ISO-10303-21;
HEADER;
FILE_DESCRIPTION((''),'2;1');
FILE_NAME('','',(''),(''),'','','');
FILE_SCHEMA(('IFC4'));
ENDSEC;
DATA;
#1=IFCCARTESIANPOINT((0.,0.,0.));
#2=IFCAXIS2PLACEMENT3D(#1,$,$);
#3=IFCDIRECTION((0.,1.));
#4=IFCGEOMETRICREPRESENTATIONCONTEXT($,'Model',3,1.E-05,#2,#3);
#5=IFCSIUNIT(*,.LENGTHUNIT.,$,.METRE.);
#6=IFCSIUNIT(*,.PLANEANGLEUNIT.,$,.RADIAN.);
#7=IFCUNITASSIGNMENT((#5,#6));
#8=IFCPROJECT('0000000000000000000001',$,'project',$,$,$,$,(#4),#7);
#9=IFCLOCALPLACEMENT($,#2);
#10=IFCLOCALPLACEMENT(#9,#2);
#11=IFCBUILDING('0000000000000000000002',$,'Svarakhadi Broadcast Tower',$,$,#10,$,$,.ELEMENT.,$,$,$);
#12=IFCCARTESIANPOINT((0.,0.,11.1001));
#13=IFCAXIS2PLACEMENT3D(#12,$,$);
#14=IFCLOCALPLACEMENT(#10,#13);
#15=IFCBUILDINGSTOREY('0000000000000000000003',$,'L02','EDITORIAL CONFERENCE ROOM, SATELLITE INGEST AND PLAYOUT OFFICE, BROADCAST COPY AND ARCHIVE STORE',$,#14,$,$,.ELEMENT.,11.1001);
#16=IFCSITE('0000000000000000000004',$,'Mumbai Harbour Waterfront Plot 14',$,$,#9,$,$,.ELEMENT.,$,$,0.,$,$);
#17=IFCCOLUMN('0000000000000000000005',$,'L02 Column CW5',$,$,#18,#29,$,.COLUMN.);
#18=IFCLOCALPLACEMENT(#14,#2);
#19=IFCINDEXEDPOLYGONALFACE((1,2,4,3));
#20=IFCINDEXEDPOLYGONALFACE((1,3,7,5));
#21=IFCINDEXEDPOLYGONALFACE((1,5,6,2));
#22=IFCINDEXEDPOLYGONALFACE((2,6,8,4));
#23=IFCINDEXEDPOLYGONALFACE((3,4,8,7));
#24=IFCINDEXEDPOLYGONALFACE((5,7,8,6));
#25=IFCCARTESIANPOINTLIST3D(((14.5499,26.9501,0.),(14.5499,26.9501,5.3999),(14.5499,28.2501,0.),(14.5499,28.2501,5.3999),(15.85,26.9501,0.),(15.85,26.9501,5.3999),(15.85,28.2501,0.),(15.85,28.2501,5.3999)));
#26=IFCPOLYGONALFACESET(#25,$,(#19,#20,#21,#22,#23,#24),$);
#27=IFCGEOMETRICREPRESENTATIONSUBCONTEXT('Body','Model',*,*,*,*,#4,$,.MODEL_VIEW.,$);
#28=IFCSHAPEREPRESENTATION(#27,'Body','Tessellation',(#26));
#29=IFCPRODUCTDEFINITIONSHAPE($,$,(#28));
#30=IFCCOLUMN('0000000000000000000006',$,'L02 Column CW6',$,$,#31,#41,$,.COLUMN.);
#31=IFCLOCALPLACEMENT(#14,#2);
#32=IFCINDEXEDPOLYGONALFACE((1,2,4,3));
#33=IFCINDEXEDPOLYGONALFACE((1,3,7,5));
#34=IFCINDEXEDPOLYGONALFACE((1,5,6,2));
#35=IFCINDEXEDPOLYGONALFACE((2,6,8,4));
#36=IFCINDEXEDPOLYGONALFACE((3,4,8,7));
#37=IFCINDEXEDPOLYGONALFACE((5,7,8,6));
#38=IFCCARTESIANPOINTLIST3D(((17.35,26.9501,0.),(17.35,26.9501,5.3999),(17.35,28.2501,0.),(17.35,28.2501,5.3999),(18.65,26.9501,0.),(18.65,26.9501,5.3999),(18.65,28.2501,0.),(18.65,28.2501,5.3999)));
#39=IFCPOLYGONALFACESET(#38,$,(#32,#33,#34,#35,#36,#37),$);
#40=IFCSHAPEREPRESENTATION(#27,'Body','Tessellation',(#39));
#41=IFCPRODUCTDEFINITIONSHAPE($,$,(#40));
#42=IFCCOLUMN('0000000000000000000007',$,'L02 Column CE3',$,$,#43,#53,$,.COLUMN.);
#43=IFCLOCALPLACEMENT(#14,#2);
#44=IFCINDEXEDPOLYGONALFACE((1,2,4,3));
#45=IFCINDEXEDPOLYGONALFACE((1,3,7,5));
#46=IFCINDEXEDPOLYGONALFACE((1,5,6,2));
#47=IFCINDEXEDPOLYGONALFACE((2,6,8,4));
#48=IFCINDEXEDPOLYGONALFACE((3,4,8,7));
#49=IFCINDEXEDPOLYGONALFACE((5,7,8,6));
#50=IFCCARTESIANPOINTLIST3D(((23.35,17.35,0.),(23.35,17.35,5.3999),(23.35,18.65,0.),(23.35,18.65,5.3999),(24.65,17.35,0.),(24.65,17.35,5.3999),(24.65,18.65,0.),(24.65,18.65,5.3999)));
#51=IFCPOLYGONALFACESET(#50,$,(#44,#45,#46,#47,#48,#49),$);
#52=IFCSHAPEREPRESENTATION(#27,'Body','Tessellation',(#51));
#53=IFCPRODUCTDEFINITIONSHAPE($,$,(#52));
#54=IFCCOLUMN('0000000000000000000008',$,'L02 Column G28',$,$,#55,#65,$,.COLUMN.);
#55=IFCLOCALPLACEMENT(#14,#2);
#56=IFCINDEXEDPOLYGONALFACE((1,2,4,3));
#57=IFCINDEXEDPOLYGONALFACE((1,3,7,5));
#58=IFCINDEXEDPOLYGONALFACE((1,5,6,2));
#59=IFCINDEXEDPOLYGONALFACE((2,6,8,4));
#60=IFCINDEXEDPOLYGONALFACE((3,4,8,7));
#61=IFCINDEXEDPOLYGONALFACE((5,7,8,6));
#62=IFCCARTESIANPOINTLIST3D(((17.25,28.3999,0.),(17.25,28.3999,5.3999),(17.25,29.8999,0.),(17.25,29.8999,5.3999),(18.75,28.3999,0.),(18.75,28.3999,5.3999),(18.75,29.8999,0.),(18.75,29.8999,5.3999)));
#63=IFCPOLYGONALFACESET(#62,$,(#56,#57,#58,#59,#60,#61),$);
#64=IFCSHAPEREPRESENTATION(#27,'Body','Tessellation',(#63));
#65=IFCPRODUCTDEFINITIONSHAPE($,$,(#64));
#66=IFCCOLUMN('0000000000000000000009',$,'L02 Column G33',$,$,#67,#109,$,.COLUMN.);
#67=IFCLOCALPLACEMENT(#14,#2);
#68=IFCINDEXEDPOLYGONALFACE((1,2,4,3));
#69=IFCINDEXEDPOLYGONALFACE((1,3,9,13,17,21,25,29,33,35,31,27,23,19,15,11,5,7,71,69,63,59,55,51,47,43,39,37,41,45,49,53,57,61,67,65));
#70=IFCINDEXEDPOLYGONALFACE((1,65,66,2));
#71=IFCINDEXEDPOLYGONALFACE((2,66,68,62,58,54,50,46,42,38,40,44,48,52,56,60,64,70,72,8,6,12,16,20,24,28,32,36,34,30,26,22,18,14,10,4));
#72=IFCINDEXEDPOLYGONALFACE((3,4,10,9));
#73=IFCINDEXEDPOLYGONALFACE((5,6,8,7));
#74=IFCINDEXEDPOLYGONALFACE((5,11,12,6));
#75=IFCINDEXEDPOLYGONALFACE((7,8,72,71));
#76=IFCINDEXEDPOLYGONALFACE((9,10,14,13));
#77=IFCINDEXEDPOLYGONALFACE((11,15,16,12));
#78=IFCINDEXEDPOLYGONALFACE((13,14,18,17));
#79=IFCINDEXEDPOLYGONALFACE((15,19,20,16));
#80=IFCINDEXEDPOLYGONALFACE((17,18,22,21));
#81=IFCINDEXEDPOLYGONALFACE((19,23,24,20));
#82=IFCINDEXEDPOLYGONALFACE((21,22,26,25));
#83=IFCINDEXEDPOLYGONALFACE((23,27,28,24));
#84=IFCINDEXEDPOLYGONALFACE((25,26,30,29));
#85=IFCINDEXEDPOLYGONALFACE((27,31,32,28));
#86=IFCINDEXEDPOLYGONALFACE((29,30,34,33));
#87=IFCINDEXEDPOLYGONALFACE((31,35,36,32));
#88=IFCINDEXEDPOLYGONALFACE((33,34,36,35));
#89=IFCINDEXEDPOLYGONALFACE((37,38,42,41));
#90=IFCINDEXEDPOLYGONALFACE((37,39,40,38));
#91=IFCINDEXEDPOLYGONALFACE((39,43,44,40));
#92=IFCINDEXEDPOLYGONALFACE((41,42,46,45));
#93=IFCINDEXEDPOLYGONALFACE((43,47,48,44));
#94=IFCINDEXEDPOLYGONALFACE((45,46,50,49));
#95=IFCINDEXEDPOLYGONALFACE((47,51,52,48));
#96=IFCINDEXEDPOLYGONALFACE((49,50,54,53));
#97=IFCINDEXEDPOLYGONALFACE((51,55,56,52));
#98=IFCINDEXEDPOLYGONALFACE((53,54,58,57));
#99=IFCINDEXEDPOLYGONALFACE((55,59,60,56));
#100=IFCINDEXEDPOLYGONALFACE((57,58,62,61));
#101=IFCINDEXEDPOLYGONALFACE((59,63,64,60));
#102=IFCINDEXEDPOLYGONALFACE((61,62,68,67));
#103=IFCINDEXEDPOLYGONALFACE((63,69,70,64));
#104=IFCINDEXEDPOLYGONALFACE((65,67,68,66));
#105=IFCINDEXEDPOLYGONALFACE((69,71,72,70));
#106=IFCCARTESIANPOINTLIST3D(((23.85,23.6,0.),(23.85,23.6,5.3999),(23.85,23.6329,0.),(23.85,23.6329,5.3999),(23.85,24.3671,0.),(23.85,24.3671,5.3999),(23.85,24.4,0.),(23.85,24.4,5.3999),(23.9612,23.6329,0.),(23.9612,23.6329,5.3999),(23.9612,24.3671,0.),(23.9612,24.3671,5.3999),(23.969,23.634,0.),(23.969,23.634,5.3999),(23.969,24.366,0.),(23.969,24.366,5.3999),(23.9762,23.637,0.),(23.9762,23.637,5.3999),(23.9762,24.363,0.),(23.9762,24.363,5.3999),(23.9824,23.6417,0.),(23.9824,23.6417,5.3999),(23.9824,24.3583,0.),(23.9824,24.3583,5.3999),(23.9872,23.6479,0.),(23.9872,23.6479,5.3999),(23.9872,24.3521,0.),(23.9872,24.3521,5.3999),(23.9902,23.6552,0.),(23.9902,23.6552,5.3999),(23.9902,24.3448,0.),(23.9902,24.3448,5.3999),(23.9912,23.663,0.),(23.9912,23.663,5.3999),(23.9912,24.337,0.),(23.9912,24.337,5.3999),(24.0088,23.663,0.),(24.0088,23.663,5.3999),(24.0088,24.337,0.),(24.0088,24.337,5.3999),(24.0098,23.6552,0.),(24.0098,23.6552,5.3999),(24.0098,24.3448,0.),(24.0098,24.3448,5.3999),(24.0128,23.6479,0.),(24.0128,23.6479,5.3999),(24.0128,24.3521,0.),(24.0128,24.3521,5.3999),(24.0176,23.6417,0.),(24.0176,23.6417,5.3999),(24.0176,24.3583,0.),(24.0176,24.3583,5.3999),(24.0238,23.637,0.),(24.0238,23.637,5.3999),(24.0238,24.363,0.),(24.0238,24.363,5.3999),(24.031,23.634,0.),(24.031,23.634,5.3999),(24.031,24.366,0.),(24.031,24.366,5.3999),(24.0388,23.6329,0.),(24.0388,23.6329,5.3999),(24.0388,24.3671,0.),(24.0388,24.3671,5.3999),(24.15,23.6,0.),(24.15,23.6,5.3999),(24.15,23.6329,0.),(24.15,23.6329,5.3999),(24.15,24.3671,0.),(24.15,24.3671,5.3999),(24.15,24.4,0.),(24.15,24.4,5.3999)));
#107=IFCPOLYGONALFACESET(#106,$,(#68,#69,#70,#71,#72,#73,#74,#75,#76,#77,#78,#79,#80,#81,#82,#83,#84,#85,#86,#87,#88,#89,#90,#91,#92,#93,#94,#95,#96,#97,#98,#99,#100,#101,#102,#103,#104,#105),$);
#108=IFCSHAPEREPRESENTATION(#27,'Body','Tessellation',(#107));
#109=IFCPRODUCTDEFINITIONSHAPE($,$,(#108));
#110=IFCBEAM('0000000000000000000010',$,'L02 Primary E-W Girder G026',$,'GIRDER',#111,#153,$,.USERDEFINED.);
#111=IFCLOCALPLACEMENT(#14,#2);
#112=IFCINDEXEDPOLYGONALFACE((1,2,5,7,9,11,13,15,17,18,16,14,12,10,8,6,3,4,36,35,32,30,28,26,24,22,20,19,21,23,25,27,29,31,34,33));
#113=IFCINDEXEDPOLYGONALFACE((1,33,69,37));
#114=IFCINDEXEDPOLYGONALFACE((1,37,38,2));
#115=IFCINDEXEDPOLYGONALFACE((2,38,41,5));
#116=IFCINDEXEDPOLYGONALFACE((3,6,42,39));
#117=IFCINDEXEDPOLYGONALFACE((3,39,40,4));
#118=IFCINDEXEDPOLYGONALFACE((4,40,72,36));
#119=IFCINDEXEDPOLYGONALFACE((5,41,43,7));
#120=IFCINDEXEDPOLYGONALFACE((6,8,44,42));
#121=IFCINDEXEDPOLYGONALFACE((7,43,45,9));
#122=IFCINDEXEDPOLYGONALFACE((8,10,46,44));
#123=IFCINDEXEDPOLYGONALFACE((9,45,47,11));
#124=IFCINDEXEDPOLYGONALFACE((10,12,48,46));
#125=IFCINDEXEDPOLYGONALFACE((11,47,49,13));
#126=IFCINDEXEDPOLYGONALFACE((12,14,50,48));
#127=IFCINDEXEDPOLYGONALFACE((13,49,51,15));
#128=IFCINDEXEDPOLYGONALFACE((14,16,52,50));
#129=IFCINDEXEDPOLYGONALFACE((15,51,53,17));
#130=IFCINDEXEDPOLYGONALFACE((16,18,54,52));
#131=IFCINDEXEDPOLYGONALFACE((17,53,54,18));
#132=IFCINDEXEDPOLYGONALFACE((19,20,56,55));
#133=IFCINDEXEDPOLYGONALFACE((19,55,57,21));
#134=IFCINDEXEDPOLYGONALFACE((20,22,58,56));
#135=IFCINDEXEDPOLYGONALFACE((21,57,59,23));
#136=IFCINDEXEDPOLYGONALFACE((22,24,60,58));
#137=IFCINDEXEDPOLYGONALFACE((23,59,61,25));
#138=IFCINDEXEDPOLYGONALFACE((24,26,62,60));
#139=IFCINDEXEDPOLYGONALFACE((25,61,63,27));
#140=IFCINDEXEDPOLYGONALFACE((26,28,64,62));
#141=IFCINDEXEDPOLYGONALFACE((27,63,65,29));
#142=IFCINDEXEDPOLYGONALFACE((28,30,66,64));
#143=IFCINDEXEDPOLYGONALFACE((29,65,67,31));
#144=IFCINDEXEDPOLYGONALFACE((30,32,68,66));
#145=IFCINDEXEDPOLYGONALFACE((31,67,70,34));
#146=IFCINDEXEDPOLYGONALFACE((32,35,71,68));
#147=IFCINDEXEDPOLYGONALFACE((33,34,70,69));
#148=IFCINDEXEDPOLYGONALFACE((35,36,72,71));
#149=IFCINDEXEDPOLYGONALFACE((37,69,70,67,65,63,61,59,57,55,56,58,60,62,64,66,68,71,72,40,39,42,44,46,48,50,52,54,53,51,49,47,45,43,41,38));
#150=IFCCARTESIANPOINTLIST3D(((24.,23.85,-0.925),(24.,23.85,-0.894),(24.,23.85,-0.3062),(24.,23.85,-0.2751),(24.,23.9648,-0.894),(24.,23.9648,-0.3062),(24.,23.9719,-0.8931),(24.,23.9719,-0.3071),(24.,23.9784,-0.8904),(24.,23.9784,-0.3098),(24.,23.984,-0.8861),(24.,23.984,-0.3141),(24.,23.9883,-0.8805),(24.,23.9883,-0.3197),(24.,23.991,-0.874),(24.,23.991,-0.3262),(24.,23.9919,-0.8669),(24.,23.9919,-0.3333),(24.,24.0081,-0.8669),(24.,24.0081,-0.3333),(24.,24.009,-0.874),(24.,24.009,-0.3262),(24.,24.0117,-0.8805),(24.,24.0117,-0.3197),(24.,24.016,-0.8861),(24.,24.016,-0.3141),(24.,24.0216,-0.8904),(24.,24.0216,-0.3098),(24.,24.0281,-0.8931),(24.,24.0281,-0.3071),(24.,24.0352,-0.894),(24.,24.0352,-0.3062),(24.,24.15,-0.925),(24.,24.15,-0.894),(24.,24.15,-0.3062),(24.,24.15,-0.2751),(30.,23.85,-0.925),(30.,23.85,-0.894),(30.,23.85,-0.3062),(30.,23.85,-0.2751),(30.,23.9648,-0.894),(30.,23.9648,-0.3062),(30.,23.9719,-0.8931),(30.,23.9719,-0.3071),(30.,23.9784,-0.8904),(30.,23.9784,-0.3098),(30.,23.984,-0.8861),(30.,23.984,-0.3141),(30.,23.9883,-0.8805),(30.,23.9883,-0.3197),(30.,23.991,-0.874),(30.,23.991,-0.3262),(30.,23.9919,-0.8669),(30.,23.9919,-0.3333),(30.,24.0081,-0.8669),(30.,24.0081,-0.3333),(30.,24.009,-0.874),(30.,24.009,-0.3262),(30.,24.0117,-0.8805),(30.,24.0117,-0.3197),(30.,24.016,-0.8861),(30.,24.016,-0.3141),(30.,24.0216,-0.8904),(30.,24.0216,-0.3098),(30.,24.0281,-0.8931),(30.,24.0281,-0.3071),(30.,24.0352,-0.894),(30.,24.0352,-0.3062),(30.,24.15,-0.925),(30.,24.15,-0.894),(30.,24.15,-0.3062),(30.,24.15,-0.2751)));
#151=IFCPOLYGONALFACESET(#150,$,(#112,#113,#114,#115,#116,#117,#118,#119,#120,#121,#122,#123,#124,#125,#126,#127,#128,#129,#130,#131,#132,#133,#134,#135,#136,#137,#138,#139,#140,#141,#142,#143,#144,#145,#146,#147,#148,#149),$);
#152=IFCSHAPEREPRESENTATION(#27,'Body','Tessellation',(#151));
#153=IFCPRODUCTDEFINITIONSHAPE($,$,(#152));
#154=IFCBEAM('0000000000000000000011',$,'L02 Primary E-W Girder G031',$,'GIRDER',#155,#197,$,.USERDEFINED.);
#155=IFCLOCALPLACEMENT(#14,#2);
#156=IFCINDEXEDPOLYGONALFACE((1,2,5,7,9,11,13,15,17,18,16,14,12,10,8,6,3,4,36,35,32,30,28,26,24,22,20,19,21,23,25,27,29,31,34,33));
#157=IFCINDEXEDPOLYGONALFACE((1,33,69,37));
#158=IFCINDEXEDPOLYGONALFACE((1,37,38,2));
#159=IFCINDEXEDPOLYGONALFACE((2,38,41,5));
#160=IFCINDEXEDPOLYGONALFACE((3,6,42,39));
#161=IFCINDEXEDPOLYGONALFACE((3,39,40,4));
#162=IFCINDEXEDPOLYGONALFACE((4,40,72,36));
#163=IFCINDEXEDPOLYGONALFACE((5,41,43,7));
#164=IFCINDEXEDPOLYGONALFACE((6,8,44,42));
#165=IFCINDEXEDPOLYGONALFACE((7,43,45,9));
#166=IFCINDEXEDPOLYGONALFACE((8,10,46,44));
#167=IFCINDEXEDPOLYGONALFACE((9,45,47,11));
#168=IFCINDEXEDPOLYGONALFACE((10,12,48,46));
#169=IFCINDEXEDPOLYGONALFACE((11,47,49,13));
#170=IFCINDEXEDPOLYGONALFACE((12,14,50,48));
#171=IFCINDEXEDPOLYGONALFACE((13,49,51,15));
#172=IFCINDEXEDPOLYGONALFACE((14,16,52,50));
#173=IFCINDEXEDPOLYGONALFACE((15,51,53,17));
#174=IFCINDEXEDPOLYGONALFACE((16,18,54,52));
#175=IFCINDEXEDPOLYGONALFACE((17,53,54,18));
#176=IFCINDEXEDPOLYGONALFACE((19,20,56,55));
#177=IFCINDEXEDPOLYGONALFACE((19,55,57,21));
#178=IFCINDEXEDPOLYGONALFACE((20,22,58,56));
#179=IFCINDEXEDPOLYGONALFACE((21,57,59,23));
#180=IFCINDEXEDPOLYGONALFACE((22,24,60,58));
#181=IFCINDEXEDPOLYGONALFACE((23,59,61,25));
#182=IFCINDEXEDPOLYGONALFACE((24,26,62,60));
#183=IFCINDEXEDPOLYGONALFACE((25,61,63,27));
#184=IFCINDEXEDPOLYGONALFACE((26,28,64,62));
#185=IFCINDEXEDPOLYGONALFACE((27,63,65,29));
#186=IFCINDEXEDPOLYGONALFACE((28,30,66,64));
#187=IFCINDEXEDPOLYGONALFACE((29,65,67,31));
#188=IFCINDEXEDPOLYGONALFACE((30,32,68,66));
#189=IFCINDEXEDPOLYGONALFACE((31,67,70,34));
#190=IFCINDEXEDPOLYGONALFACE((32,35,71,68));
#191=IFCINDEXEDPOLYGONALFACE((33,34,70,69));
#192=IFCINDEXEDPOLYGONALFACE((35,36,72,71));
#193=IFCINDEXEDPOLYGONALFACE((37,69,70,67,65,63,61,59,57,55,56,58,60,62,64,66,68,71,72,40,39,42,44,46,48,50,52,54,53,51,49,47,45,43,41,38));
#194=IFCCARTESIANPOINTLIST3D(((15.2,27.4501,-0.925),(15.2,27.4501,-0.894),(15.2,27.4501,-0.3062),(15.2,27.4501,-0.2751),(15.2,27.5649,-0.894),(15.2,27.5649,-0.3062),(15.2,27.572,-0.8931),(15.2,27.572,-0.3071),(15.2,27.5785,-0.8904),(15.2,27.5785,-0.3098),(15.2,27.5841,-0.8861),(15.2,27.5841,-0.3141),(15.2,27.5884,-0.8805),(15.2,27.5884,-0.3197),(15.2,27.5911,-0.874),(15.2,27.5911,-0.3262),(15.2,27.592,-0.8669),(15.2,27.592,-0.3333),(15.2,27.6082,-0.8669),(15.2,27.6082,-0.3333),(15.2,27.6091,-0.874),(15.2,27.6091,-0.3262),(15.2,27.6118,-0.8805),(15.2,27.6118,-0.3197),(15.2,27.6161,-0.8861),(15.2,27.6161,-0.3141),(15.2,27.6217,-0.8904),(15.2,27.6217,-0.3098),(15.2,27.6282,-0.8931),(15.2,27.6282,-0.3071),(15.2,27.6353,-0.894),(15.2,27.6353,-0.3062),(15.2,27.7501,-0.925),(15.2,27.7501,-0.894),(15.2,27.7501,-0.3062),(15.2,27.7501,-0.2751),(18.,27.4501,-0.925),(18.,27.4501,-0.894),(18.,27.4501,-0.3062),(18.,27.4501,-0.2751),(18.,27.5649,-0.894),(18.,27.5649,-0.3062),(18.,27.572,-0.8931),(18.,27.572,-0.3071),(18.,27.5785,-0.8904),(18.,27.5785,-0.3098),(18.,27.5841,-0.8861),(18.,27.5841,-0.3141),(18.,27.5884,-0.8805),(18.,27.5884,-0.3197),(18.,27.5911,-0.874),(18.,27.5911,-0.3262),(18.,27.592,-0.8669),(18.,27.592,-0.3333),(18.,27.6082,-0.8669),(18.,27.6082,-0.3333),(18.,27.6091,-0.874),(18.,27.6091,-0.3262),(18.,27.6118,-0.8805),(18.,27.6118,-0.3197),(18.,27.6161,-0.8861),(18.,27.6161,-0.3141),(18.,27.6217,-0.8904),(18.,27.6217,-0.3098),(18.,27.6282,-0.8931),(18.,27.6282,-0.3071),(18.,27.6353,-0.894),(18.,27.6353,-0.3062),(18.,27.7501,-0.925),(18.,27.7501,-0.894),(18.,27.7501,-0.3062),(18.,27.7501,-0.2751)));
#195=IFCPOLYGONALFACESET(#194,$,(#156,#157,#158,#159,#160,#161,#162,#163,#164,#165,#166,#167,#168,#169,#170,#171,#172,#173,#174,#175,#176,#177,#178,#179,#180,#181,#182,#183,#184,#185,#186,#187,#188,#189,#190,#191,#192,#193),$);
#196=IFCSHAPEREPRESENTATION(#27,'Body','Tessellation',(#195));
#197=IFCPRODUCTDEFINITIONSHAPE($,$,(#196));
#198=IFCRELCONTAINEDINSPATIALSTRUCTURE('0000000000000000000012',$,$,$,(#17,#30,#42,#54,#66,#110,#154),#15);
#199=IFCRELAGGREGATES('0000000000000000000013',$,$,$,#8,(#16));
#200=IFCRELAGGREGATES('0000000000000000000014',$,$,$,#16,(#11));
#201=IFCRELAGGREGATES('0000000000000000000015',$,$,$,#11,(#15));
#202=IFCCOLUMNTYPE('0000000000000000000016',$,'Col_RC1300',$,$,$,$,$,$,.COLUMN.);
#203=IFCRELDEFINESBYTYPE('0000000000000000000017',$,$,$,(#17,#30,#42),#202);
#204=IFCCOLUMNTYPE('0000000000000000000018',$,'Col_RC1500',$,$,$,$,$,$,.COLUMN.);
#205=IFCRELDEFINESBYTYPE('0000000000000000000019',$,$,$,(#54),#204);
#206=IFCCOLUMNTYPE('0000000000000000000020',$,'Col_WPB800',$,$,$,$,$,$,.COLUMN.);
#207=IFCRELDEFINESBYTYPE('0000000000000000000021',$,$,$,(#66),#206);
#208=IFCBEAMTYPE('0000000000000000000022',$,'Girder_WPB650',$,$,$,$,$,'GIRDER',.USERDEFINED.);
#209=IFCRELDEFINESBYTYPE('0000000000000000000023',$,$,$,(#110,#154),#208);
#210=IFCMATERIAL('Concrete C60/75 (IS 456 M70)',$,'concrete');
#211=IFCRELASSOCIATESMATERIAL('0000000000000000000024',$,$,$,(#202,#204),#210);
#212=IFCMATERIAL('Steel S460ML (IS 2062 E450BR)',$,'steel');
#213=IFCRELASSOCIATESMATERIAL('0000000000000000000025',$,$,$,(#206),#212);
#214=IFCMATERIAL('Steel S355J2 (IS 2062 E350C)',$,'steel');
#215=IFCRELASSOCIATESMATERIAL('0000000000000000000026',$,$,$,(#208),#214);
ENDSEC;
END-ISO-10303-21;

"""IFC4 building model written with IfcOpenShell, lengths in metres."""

from ifc_helpers import new_model, si_unit, direction, frame, origin, origin_2d, place, context, subcontext, project, spatial, rectangle, i_section, extrude, material, material_profile, profile_set, type_object, element, save


model = new_model("IFC4")

# Units and contexts
model_context = context("Model", 3, precision=1e-05, world=origin(), true_north=direction((0.0, 1.0)))
body_context = subcontext(model_context, "Body", "Model", "MODEL_VIEW")
ifc_project = project(units=[si_unit("LENGTHUNIT", "METRE"), si_unit("PLANEANGLEUNIT", "RADIAN")], contexts=[model_context])

# Site, building, storey
site_placement = place(None, origin())
site = spatial("IfcSite", under=ifc_project, at=site_placement, Name="Mumbai Harbour Waterfront Plot 14", CompositionType="ELEMENT", RefElevation=0.0)
building_placement = place(site_placement, origin())
building = spatial("IfcBuilding", under=site, at=building_placement, Name="Svarakhadi Broadcast Tower", CompositionType="ELEMENT")
storey_placement = place(building_placement, frame((0.0, 0.0, 11.1001)))
storey = spatial("IfcBuildingStorey", under=building, at=storey_placement, Name="L02", Description="EDITORIAL CONFERENCE ROOM, SATELLITE INGEST AND PLAYOUT OFFICE, BROADCAST COPY AND ARCHIVE STORE", CompositionType="ELEMENT", Elevation=11.1001)

# Columns
ifc_material_1 = material(Name="Concrete C60/75 (IS 456 M70)", Category="concrete")
ifc_material_profile_1 = material_profile(ifc_material_1, rectangle(XDim=1.3, YDim=1.3, at=origin_2d()), Name="RC 1300x1300")
ifc_profile_set_1 = profile_set([ifc_material_profile_1], Name="Concrete C60/75 (IS 456 M70)")
column_type_1 = type_object("IfcColumnType", Name="Col_RC1300", PredefinedType="COLUMN", material=ifc_profile_set_1)
for number, where, z_axis, x_axis, name in (
    (1, (15.2, 27.6001, 0.0), (0.0, 0.0, 1.0), (1.0, 0.0, 0.0), "L02 Column CW5"),
    (2, (18.0, 27.6001, 0.0), (0.0, 0.0, 1.0), (1.0, 0.0, 0.0), "L02 Column CW6"),
    (3, (24.0, 18.0, 0.0), (0.0, 0.0, 1.0), (1.0, 0.0, 0.0), "L02 Column CE3"),
):
    element("IfcColumn", number, at=place(storey_placement, frame(where, z_axis=z_axis, x_axis=x_axis)), inside=storey, type_object=column_type_1, Name=name, PredefinedType="COLUMN", context=body_context, shape_type="SweptSolid", body=[
        extrude(rectangle(XDim=1.3, YDim=1.3, at=origin_2d()), origin(), (0.0, 0.0, 1.0), 5.3999),
    ])
ifc_material_profile_2 = material_profile(ifc_material_1, rectangle(XDim=1.5, YDim=1.5, at=origin_2d()), Name="RC 1500x1500")
ifc_profile_set_2 = profile_set([ifc_material_profile_2], Name="Concrete C60/75 (IS 456 M70)")
column_type_2 = type_object("IfcColumnType", Name="Col_RC1500", PredefinedType="COLUMN", material=ifc_profile_set_2)
column_1_placement = place(storey_placement, frame((18.0, 29.1499, 0.0), z_axis=(0.0, 0.0, 1.0), x_axis=(1.0, 0.0, 0.0)))
element("IfcColumn", 4, at=column_1_placement, inside=storey, type_object=column_type_2, Name="L02 Column G28", PredefinedType="COLUMN", context=body_context, shape_type="SweptSolid", body=[
    extrude(rectangle(XDim=1.5, YDim=1.5, at=origin_2d()), origin(), (0.0, 0.0, 1.0), 5.3999),
])
ifc_material_2 = material(Name="Steel S460ML (IS 2062 E450BR)", Category="steel")
ifc_material_profile_3 = material_profile(ifc_material_2, i_section(OverallWidth=0.3, OverallDepth=0.8, WebThickness=0.0176, FlangeThickness=0.033, FilletRadius=0.03, at=origin_2d()), Name="WPB 800x300x262")
ifc_profile_set_3 = profile_set([ifc_material_profile_3], Name="Steel S460ML (IS 2062 E450BR)")
column_type_3 = type_object("IfcColumnType", Name="Col_WPB800", PredefinedType="COLUMN", material=ifc_profile_set_3)
column_2_placement = place(storey_placement, frame((24.0, 24.0, 0.0), z_axis=(0.0, 0.0, 1.0), x_axis=(1.0, 0.0, 0.0)))
element("IfcColumn", 5, at=column_2_placement, inside=storey, type_object=column_type_3, Name="L02 Column G33", PredefinedType="COLUMN", context=body_context, shape_type="SweptSolid", body=[
    extrude(i_section(OverallWidth=0.3, OverallDepth=0.8, WebThickness=0.0176, FlangeThickness=0.033, FilletRadius=0.03, at=origin_2d()), origin(), (0.0, 0.0, 1.0), 5.3999),
])

# Beams
ifc_material_3 = material(Name="Steel S355J2 (IS 2062 E350C)", Category="steel")
ifc_material_profile_4 = material_profile(ifc_material_3, i_section(OverallWidth=0.3, OverallDepth=0.6499, WebThickness=0.0161, FlangeThickness=0.031, FilletRadius=0.0271, at=origin_2d()), Name="WPB 650x300x225")
ifc_profile_set_4 = profile_set([ifc_material_profile_4], Name="Steel S355J2 (IS 2062 E350C)")
beam_type_1 = type_object("IfcBeamType", Name="Girder_WPB650", ElementType="GIRDER", PredefinedType="USERDEFINED", material=ifc_profile_set_4)
beam_1_placement = place(storey_placement, frame((24.0, 24.0, -0.6001), z_axis=(1.0, 0.0, 0.0), x_axis=(0.0, 1.0, 0.0)))
element("IfcBeam", 6, at=beam_1_placement, inside=storey, type_object=beam_type_1, Name="L02 Primary E-W Girder G026", ObjectType="GIRDER", PredefinedType="USERDEFINED", context=body_context, shape_type="SweptSolid", body=[
    extrude(i_section(OverallWidth=0.3, OverallDepth=0.6499, WebThickness=0.0161, FlangeThickness=0.031, FilletRadius=0.0271, at=origin_2d()), origin(), (0.0, 0.0, 1.0), 6.0),
])
beam_2_placement = place(storey_placement, frame((15.2, 27.6001, -0.6001), z_axis=(1.0, 0.0, 0.0), x_axis=(0.0, 1.0, 0.0)))
element("IfcBeam", 7, at=beam_2_placement, inside=storey, type_object=beam_type_1, Name="L02 Primary E-W Girder G031", ObjectType="GIRDER", PredefinedType="USERDEFINED", context=body_context, shape_type="SweptSolid", body=[
    extrude(i_section(OverallWidth=0.3, OverallDepth=0.6499, WebThickness=0.0161, FlangeThickness=0.031, FilletRadius=0.0271, at=origin_2d()), origin(), (0.0, 0.0, 1.0), 2.8),
])

save(model, "model.ifc")
